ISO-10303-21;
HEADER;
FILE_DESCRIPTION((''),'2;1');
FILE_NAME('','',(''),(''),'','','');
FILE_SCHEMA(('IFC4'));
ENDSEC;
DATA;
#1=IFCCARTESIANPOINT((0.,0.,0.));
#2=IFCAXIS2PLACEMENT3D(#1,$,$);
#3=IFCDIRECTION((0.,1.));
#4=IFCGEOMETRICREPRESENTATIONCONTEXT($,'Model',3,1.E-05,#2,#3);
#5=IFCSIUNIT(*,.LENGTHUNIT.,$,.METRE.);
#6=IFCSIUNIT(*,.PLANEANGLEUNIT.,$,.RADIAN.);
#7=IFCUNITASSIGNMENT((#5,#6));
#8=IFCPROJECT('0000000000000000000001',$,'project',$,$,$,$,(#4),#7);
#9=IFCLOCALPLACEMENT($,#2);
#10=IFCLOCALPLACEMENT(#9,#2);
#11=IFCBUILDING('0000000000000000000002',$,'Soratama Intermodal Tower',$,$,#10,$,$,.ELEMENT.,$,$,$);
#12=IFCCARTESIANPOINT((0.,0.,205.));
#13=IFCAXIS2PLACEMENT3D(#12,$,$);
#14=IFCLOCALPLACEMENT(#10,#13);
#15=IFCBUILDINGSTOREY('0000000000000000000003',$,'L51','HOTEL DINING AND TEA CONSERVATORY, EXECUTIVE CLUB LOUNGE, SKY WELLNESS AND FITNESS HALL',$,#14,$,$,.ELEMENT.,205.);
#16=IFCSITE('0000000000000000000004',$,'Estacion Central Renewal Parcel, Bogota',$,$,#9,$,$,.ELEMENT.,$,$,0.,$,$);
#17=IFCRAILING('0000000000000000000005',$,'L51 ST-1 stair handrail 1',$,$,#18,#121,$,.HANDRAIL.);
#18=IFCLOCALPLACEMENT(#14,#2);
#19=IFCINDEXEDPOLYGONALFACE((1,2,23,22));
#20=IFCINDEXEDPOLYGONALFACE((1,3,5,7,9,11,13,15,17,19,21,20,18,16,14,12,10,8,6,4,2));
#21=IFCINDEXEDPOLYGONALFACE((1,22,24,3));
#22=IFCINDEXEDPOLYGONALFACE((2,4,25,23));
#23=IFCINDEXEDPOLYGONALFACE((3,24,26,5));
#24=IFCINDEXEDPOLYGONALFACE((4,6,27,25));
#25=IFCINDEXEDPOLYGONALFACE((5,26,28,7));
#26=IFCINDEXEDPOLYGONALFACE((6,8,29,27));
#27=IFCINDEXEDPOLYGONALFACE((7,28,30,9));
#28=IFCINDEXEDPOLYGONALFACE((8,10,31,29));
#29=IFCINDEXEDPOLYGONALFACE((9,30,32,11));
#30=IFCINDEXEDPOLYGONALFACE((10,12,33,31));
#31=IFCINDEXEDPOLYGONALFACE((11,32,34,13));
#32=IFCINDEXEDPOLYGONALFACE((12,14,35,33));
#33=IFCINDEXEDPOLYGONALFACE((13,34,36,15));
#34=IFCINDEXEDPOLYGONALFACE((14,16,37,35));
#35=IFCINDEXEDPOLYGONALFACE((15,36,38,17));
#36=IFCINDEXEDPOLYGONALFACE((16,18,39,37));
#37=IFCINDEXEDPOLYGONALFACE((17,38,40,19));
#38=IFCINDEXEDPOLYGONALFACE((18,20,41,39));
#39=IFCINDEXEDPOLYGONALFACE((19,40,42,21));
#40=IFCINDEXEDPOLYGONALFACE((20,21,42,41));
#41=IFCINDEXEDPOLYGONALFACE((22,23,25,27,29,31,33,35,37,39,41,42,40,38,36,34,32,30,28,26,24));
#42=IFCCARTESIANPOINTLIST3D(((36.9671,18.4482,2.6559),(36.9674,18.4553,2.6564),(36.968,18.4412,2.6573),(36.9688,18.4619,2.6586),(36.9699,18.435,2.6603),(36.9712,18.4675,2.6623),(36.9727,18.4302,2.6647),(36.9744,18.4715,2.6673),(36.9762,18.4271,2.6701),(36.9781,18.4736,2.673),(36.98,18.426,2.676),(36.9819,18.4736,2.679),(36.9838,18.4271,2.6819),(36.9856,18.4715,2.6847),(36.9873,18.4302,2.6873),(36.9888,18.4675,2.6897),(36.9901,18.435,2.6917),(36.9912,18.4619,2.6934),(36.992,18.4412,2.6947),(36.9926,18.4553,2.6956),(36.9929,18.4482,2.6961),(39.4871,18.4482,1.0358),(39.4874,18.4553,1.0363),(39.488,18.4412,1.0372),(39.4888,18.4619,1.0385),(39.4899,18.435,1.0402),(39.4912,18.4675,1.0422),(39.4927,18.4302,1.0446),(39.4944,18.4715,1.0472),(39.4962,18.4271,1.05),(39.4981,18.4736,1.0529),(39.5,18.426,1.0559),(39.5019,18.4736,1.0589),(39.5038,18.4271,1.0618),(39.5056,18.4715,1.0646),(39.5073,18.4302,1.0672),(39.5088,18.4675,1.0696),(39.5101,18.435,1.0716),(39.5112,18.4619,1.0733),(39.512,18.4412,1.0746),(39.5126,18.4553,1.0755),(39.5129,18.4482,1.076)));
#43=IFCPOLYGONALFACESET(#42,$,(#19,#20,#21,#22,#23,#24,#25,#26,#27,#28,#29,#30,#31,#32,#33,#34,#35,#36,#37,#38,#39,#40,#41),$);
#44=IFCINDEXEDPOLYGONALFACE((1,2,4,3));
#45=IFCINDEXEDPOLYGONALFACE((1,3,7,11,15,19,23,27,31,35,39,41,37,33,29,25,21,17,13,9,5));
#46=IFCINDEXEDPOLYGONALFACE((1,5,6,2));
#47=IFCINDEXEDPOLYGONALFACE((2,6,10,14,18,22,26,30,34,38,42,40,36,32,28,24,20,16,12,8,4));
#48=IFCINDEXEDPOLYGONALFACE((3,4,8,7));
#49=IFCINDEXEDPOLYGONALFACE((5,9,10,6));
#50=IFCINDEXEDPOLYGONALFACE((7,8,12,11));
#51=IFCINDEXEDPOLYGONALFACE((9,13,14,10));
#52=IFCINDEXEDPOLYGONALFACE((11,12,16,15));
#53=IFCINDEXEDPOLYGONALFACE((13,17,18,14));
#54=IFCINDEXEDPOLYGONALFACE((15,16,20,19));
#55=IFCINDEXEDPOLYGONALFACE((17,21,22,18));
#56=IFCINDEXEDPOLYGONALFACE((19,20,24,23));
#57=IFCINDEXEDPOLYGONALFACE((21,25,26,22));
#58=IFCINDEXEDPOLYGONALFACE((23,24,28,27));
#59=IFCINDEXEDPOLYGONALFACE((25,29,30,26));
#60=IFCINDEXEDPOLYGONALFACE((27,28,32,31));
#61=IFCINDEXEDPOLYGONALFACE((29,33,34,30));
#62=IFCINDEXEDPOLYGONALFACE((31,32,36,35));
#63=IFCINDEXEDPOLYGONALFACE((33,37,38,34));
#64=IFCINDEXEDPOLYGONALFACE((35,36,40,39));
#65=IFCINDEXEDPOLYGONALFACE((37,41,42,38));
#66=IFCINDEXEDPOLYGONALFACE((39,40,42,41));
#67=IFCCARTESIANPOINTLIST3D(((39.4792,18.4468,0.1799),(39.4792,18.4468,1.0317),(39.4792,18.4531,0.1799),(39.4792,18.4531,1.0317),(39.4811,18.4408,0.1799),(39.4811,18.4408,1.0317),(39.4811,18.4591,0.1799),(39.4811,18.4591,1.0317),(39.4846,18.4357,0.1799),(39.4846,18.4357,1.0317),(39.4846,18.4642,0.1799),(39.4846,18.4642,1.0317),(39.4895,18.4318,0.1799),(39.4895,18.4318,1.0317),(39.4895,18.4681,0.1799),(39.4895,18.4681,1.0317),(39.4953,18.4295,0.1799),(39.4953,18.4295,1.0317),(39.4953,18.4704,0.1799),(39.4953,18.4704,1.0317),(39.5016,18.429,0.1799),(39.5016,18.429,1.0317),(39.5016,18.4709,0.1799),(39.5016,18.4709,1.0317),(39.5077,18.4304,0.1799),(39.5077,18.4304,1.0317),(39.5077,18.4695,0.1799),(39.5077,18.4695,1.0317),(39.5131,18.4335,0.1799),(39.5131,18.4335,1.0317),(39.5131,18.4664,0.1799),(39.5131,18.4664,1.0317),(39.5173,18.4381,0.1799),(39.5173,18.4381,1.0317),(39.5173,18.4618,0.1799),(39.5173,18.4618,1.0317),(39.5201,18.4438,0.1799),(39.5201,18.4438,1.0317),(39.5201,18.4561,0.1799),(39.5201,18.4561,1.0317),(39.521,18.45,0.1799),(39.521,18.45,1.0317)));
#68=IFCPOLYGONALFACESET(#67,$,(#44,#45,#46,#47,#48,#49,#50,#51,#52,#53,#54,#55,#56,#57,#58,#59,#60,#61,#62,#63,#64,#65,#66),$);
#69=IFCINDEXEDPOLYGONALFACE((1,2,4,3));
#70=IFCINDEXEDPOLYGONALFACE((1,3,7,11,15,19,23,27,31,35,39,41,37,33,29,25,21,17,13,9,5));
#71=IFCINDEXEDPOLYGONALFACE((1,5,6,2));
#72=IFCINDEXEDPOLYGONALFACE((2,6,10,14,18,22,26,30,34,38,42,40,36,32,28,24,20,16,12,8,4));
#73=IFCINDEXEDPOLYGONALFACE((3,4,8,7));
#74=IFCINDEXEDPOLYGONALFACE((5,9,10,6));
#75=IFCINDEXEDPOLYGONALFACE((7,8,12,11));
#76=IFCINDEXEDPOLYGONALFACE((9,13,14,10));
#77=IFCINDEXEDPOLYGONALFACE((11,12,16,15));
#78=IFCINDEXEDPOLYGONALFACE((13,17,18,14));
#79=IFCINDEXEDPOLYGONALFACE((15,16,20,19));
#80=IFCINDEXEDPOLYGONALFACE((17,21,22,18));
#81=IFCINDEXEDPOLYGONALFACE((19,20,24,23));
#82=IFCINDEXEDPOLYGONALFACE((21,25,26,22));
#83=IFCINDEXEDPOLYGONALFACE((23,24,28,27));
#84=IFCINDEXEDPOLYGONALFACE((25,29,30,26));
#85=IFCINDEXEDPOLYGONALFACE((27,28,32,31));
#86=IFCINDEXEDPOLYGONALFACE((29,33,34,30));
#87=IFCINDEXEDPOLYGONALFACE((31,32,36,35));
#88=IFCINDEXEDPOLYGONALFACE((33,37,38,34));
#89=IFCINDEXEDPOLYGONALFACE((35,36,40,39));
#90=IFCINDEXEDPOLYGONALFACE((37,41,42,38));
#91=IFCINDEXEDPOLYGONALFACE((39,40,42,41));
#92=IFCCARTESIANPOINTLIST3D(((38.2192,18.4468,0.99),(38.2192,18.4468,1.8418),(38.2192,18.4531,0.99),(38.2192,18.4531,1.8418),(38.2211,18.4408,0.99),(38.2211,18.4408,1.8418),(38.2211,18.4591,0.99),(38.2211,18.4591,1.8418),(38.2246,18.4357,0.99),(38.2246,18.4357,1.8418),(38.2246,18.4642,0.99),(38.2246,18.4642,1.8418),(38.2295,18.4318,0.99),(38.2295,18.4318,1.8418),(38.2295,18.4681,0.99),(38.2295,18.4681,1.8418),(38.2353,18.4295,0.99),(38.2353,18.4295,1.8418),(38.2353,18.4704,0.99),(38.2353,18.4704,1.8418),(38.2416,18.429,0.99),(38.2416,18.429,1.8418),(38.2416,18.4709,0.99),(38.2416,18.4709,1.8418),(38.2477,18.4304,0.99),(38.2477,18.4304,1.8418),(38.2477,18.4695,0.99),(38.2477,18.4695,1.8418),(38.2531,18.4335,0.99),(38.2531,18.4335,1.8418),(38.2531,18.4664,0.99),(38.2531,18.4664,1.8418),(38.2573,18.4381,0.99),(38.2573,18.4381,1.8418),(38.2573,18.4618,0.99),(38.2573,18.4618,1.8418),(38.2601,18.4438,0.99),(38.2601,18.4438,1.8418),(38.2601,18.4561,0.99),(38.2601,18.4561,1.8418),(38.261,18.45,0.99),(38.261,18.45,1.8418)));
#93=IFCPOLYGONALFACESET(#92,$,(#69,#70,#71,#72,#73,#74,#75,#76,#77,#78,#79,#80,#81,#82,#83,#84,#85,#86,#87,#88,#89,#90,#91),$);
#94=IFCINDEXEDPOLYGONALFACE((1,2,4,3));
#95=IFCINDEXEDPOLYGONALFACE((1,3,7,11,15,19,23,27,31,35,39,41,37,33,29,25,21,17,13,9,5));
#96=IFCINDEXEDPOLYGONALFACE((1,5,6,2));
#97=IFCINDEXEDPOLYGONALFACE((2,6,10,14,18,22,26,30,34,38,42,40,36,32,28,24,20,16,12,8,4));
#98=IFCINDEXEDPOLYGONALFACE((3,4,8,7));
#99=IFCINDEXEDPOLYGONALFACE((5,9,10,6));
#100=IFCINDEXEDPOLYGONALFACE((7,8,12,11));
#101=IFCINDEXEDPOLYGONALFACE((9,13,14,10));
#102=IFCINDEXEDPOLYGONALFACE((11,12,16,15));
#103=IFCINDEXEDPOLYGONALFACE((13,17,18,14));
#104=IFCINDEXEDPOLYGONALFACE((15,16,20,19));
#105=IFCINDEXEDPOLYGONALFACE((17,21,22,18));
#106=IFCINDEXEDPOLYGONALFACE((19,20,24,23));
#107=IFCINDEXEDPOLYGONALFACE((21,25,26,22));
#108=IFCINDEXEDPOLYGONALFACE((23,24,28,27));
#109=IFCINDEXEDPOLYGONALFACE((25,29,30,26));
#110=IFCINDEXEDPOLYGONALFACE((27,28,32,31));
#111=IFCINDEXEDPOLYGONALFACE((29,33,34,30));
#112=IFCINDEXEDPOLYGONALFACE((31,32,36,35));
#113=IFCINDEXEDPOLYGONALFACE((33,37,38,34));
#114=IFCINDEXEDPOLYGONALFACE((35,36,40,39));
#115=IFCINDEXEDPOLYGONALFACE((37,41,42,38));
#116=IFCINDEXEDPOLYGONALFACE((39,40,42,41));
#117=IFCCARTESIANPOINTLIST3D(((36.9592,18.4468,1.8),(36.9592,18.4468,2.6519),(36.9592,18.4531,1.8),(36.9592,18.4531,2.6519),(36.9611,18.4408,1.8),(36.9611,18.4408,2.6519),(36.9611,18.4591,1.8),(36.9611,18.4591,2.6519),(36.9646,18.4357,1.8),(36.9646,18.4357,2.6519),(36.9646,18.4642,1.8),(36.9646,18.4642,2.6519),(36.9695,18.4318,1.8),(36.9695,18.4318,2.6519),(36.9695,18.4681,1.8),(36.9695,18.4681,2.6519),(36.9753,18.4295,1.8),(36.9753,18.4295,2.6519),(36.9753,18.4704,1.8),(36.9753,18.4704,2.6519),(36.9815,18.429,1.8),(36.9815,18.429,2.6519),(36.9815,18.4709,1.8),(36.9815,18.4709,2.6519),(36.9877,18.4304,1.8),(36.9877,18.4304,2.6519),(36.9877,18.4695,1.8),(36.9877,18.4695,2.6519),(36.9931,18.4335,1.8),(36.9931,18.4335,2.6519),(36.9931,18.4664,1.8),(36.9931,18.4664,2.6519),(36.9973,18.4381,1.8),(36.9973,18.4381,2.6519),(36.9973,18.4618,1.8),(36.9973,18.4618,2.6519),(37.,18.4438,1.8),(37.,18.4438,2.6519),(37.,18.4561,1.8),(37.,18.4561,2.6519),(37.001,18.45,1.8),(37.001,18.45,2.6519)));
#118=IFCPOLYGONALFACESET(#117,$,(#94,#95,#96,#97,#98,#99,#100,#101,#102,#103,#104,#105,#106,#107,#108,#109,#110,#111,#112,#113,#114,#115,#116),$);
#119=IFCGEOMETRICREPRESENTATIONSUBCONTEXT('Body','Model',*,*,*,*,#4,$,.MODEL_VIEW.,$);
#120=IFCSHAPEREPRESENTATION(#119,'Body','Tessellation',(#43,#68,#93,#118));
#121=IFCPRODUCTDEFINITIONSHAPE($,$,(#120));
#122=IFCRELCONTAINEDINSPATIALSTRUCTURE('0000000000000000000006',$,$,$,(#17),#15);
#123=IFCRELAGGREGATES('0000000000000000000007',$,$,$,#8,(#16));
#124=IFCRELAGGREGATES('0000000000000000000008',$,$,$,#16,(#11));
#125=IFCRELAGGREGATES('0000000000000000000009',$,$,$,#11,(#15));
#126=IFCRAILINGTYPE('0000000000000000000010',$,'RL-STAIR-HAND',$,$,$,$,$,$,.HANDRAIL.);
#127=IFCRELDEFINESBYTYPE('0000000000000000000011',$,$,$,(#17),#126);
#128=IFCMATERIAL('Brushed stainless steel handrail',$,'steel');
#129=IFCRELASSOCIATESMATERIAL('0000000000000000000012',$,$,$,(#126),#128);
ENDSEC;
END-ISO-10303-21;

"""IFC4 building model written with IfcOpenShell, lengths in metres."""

from ifc_helpers import new_model, si_unit, direction, frame, origin, origin_2d, place, context, subcontext, project, spatial, circle, extrude, material, type_object, element, save


model = new_model("IFC4")

# Units and contexts
model_context = context("Model", 3, precision=1e-05, world=origin(), true_north=direction((0.0, 1.0)))
body_context = subcontext(model_context, "Body", "Model", "MODEL_VIEW")
ifc_project = project(units=[si_unit("LENGTHUNIT", "METRE"), si_unit("PLANEANGLEUNIT", "RADIAN")], contexts=[model_context])

# Site, building, storey
site_placement = place(None, origin())
site = spatial("IfcSite", under=ifc_project, at=site_placement, Name="Estacion Central Renewal Parcel, Bogota", CompositionType="ELEMENT", RefElevation=0.0)
building_placement = place(site_placement, origin())
building = spatial("IfcBuilding", under=site, at=building_placement, Name="Soratama Intermodal Tower", CompositionType="ELEMENT")
storey_placement = place(building_placement, frame((0.0, 0.0, 205.0)))
storey = spatial("IfcBuildingStorey", under=building, at=storey_placement, Name="L51", Description="HOTEL DINING AND TEA CONSERVATORY, EXECUTIVE CLUB LOUNGE, SKY WELLNESS AND FITNESS HALL", CompositionType="ELEMENT", Elevation=205.0)

# Railing
ifc_material_1 = material(Name="Brushed stainless steel handrail", Category="steel")
railing_type_1 = type_object("IfcRailingType", Name="RL-STAIR-HAND", PredefinedType="HANDRAIL", material=ifc_material_1)
railing_1_placement = place(storey_placement, frame((39.5, 18.45, 0.1799)))
element("IfcRailing", 1, at=railing_1_placement, inside=storey, type_object=railing_type_1, Name="L51 ST-1 stair handrail 1", PredefinedType="HANDRAIL", context=body_context, shape_type="SweptSolid", body=[
    extrude(circle(Radius=0.0239, at=origin_2d()), frame((0.0, 0.0, 0.876), z_axis=(-0.841163, 0.0, 0.540782), x_axis=(0.0, -1.0, 0.0)), (0.0, 0.0, 1.0), 2.9958),
    extrude(circle(Radius=0.021, at=origin_2d()), origin(), (0.0, 0.0, 1.0), 0.8518),
    extrude(circle(Radius=0.021, at=origin_2d()), frame((-1.26, 0.0, 0.8101)), (0.0, 0.0, 1.0), 0.8518),
    extrude(circle(Radius=0.021, at=origin_2d()), frame((-2.52, 0.0, 1.6201)), (0.0, 0.0, 1.0), 0.8518),
])

save(model, "model.ifc")
